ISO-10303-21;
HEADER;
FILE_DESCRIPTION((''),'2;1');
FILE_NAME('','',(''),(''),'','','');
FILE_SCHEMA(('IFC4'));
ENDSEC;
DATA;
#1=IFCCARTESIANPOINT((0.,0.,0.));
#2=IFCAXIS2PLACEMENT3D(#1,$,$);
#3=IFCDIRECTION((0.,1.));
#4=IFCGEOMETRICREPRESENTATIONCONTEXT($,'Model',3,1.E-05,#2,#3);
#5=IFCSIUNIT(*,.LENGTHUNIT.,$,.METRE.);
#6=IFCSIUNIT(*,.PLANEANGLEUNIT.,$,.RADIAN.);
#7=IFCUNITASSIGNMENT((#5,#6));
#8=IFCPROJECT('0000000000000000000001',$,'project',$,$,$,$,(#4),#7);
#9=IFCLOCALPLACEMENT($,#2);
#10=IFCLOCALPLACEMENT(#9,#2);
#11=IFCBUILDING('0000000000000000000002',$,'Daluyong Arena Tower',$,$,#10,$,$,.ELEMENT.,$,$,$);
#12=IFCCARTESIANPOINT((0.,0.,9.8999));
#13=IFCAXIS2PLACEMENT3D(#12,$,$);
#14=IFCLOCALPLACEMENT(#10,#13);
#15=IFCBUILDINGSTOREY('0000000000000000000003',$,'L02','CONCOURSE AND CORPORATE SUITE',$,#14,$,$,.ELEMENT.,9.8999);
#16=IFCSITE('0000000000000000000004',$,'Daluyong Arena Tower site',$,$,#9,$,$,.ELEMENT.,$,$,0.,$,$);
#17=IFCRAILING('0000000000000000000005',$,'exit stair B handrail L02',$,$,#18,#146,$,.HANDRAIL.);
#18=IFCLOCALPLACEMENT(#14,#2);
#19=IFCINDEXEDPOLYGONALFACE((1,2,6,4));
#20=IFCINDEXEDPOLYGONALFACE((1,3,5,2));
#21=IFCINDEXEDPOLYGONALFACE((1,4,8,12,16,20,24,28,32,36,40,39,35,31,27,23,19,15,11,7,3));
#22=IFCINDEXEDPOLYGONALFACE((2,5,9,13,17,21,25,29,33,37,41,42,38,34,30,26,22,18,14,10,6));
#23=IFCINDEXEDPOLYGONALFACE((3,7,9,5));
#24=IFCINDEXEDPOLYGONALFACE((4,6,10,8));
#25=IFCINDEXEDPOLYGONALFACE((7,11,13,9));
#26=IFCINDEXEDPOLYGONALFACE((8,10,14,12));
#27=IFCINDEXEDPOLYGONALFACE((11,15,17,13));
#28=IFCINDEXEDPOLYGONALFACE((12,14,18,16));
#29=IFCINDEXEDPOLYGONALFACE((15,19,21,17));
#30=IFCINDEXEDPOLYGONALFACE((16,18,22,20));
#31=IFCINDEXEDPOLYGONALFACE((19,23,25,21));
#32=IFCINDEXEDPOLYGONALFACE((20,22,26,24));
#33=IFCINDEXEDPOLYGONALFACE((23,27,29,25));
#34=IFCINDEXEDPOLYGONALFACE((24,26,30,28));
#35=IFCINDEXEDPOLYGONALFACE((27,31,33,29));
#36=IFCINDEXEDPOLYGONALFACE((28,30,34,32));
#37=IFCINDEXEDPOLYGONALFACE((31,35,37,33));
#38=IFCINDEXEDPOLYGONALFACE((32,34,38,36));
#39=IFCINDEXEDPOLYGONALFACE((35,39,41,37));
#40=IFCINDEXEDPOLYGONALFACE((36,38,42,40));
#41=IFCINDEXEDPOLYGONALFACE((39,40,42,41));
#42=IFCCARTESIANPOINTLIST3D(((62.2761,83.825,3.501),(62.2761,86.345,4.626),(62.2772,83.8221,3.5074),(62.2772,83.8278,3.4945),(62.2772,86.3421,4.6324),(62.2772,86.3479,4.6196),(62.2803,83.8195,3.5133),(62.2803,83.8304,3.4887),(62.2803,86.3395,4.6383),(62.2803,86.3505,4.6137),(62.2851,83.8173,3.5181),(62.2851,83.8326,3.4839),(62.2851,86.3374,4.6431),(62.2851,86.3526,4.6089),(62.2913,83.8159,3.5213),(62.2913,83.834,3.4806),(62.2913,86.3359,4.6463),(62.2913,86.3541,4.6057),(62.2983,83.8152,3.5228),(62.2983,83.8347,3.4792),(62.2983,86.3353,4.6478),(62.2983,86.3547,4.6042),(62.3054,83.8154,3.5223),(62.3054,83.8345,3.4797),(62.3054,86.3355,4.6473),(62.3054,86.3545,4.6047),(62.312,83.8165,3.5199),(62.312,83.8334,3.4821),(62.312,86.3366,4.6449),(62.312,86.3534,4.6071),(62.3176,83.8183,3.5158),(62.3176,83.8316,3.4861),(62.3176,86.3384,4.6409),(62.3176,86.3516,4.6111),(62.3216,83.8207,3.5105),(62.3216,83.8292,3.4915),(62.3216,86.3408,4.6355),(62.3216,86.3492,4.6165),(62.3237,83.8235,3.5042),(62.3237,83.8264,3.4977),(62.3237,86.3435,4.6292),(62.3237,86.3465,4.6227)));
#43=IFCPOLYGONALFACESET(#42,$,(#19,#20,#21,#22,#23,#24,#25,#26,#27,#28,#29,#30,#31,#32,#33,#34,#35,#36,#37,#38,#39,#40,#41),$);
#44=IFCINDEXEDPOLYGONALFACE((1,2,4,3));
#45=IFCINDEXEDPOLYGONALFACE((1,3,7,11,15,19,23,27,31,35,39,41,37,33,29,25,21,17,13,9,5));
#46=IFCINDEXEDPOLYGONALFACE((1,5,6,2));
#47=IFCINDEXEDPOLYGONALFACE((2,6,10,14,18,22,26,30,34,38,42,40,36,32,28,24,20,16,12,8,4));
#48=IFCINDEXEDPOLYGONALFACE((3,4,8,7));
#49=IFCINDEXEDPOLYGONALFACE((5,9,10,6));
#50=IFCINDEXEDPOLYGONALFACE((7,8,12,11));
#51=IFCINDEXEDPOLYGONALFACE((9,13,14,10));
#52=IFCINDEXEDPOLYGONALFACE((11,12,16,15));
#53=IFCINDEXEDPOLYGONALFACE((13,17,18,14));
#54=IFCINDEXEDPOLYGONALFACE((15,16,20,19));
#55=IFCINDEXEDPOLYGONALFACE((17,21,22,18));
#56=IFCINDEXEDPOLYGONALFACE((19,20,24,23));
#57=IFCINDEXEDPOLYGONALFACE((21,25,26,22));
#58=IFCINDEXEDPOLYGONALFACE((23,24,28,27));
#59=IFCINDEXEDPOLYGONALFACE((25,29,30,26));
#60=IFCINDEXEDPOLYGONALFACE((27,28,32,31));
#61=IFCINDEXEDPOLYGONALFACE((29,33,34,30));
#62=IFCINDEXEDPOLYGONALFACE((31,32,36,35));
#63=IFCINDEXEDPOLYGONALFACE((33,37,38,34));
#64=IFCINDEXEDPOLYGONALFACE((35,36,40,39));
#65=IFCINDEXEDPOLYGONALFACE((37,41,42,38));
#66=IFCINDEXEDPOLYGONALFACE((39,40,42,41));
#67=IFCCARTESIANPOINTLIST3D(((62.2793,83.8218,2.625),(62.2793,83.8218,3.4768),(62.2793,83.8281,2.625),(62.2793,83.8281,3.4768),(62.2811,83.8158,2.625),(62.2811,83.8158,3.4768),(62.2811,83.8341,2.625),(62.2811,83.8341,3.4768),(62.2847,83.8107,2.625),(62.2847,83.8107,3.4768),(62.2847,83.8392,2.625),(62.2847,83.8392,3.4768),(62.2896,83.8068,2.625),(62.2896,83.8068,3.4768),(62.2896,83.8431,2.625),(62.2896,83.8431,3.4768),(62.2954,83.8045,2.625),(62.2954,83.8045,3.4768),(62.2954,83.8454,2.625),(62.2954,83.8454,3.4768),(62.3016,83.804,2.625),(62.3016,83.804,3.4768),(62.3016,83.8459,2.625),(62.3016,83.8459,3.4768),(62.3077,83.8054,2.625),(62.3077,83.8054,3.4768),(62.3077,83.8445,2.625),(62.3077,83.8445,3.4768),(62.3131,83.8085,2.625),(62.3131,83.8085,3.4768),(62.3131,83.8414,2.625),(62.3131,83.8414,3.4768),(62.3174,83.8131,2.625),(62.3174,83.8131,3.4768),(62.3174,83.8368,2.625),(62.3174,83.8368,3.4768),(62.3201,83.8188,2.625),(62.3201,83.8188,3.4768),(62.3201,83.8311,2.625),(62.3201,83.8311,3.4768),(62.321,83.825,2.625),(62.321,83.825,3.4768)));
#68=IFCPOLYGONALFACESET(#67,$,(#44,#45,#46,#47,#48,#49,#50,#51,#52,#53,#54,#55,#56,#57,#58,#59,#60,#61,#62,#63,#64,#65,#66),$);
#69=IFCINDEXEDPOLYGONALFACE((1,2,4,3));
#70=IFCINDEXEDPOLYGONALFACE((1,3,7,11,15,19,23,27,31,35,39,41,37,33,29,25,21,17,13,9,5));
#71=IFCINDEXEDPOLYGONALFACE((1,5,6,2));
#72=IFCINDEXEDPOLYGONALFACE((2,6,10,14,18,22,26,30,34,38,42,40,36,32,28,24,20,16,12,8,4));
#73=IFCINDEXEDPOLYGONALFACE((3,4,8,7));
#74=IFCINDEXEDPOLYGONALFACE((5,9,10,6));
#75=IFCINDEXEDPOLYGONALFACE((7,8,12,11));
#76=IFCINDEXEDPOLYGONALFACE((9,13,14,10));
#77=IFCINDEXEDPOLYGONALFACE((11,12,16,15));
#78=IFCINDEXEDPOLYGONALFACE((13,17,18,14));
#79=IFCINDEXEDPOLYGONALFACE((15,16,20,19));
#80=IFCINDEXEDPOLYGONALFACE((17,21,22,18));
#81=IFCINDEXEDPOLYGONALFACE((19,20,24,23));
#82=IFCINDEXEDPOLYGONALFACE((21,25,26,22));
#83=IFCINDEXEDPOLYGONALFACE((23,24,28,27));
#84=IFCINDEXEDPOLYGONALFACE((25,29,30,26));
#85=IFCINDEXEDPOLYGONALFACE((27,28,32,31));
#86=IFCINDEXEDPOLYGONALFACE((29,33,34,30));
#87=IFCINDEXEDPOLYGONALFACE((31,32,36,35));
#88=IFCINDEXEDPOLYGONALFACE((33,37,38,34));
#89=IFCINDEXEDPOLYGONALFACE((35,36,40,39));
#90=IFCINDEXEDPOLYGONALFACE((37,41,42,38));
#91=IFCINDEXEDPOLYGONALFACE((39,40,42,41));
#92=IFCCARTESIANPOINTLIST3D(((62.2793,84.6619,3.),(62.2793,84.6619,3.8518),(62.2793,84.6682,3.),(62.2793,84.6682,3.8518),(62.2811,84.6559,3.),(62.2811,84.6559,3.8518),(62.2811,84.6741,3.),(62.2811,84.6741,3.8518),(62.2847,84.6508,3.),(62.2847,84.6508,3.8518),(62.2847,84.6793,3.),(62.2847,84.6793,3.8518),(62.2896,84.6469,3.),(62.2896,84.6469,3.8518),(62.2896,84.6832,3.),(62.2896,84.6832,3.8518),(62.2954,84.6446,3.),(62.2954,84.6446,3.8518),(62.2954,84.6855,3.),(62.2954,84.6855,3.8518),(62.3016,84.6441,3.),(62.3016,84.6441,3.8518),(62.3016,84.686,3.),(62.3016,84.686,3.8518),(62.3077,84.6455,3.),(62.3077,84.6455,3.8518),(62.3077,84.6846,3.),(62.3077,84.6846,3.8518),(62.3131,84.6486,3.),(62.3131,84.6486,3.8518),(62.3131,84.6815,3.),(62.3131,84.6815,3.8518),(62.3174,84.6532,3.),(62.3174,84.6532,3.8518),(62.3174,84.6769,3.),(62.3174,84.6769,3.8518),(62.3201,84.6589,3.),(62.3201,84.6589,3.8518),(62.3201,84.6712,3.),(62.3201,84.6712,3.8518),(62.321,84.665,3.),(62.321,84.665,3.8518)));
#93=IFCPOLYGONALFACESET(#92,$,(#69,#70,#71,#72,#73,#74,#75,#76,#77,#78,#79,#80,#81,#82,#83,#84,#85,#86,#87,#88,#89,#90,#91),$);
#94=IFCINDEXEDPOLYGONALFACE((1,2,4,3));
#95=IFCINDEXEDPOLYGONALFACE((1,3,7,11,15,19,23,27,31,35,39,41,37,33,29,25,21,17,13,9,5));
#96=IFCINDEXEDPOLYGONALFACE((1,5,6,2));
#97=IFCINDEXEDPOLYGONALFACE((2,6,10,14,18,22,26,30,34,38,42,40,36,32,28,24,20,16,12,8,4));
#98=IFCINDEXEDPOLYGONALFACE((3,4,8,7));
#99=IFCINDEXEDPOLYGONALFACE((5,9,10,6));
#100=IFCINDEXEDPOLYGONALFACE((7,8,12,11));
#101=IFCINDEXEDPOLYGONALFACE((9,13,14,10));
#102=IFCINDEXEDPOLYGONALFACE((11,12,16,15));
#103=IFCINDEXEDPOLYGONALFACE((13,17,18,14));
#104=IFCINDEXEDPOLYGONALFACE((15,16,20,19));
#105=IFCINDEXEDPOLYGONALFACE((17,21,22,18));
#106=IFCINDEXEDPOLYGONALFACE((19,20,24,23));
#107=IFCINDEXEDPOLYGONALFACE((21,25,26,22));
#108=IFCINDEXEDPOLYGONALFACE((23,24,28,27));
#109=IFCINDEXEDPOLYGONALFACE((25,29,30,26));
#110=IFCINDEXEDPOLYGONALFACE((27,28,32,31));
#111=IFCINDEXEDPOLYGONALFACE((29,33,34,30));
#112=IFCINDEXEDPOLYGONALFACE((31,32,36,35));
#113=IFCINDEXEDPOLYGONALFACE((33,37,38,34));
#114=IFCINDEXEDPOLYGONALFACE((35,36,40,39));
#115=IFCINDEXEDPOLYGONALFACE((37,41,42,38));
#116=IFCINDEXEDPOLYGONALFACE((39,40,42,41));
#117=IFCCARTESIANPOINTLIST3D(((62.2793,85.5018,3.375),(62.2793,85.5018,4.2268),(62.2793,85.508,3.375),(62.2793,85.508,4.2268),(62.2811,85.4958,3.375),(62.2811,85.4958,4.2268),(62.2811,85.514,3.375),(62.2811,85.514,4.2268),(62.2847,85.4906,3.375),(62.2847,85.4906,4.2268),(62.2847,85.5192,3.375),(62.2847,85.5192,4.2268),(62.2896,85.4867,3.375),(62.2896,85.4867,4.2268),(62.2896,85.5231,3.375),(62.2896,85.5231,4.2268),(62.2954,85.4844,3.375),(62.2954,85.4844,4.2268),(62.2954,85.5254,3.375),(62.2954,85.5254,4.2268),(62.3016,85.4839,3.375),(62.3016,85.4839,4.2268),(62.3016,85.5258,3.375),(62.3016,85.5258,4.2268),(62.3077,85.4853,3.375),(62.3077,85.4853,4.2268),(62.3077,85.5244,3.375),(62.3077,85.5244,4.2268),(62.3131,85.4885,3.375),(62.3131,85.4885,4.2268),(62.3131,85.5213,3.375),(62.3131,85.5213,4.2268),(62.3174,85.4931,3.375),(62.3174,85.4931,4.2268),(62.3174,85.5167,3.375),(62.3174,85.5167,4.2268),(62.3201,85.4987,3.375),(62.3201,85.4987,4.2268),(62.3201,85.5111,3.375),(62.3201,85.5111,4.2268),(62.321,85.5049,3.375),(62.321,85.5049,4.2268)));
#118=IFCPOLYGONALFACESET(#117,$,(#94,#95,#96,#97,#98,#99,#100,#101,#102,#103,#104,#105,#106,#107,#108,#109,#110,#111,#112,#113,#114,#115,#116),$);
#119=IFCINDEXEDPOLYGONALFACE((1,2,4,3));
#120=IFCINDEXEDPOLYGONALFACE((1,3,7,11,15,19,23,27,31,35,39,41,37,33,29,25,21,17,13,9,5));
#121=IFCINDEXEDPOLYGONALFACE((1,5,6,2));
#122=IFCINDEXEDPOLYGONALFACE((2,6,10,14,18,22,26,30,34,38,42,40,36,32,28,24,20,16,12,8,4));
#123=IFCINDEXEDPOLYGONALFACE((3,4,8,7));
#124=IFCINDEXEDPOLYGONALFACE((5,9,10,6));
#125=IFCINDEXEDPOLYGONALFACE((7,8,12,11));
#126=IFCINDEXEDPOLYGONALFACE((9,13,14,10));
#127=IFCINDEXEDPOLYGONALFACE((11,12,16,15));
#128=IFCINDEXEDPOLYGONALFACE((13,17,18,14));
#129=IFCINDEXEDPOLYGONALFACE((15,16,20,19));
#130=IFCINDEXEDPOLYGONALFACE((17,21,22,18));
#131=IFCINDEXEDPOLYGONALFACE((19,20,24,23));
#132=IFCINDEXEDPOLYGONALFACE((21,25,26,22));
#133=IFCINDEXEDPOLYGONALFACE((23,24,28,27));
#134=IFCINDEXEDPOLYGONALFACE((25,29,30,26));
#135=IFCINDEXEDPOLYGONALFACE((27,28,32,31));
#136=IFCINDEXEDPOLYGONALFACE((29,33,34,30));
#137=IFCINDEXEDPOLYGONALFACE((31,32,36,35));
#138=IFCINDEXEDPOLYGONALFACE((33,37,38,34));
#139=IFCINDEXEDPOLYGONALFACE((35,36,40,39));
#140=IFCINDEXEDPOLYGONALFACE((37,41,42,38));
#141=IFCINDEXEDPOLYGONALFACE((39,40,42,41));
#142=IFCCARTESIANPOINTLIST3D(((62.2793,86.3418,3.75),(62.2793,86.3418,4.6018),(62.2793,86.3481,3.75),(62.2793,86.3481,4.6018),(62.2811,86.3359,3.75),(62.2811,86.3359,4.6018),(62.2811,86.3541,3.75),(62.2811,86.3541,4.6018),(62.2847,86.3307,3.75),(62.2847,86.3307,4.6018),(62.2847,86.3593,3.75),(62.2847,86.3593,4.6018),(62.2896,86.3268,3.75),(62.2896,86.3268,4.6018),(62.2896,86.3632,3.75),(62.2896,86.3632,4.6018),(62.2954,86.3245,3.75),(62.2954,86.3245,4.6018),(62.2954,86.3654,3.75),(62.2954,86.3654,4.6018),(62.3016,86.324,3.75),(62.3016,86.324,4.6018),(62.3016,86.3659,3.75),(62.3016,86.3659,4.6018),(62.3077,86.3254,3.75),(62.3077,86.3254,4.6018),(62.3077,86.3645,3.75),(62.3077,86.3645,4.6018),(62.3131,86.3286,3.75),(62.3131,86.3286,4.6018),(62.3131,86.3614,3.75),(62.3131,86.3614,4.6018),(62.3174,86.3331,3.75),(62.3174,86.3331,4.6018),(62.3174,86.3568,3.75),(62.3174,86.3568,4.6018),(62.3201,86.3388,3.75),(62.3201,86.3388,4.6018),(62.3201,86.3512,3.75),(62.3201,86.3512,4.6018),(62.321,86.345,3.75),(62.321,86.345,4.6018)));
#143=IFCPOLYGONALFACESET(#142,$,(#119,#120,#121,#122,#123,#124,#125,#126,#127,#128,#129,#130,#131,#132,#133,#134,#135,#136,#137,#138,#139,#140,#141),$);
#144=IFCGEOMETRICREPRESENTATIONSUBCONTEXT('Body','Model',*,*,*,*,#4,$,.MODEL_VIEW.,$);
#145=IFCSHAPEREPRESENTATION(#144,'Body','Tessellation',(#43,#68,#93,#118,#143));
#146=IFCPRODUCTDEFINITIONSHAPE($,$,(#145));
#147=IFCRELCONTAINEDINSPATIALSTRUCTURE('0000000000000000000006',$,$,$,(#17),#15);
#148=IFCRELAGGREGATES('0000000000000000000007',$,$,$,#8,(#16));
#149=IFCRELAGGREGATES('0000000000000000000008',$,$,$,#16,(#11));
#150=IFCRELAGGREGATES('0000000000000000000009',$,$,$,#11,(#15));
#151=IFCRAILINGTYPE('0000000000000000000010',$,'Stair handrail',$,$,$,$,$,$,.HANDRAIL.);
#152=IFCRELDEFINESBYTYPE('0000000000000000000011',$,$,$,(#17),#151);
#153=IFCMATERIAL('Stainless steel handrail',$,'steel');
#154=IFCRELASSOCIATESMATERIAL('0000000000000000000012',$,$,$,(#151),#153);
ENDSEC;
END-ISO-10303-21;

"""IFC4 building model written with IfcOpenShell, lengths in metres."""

from ifc_helpers import new_model, si_unit, direction, frame, origin, origin_2d, place, context, subcontext, project, spatial, circle, extrude, material, type_object, element, save


model = new_model("IFC4")

# Units and contexts
model_context = context("Model", 3, precision=1e-05, world=origin(), true_north=direction((0.0, 1.0)))
body_context = subcontext(model_context, "Body", "Model", "MODEL_VIEW")
ifc_project = project(units=[si_unit("LENGTHUNIT", "METRE"), si_unit("PLANEANGLEUNIT", "RADIAN")], contexts=[model_context])

# Site, building, storey
site_placement = place(None, origin())
site = spatial("IfcSite", under=ifc_project, at=site_placement, Name="Daluyong Arena Tower site", CompositionType="ELEMENT", RefElevation=0.0)
building_placement = place(site_placement, origin())
building = spatial("IfcBuilding", under=site, at=building_placement, Name="Daluyong Arena Tower", CompositionType="ELEMENT")
storey_placement = place(building_placement, frame((0.0, 0.0, 9.8999)))
storey = spatial("IfcBuildingStorey", under=building, at=storey_placement, Name="L02", Description="CONCOURSE AND CORPORATE SUITE", CompositionType="ELEMENT", Elevation=9.8999)

# Railing
ifc_material_1 = material(Name="Stainless steel handrail", Category="steel")
railing_type_1 = type_object("IfcRailingType", Name="Stair handrail", PredefinedType="HANDRAIL", material=ifc_material_1)
for number, where, name in (
    (1, (62.3, 83.825, 2.625), "exit stair B handrail L02"),
):
    element("IfcRailing", number, at=place(storey_placement, frame(where)), inside=storey, type_object=railing_type_1, Name=name, PredefinedType="HANDRAIL", context=body_context, shape_type="SweptSolid", body=[
        extrude(circle(Radius=0.0239, at=origin_2d()), frame((0.0, 0.0, 0.876), z_axis=(0.0, 0.913139, 0.407648), x_axis=(-1.0, 0.0, 0.0)), (0.0, 0.0, 1.0), 2.7598),
        extrude(circle(Radius=0.021, at=origin_2d()), origin(), (0.0, 0.0, 1.0), 0.8518),
        extrude(circle(Radius=0.021, at=origin_2d()), frame((0.0, 0.8401, 0.375)), (0.0, 0.0, 1.0), 0.8518),
        extrude(circle(Radius=0.021, at=origin_2d()), frame((0.0, 1.6799, 0.75)), (0.0, 0.0, 1.0), 0.8518),
        extrude(circle(Radius=0.021, at=origin_2d()), frame((0.0, 2.52, 1.125)), (0.0, 0.0, 1.0), 0.8518),
    ])

save(model, "model.ifc")
